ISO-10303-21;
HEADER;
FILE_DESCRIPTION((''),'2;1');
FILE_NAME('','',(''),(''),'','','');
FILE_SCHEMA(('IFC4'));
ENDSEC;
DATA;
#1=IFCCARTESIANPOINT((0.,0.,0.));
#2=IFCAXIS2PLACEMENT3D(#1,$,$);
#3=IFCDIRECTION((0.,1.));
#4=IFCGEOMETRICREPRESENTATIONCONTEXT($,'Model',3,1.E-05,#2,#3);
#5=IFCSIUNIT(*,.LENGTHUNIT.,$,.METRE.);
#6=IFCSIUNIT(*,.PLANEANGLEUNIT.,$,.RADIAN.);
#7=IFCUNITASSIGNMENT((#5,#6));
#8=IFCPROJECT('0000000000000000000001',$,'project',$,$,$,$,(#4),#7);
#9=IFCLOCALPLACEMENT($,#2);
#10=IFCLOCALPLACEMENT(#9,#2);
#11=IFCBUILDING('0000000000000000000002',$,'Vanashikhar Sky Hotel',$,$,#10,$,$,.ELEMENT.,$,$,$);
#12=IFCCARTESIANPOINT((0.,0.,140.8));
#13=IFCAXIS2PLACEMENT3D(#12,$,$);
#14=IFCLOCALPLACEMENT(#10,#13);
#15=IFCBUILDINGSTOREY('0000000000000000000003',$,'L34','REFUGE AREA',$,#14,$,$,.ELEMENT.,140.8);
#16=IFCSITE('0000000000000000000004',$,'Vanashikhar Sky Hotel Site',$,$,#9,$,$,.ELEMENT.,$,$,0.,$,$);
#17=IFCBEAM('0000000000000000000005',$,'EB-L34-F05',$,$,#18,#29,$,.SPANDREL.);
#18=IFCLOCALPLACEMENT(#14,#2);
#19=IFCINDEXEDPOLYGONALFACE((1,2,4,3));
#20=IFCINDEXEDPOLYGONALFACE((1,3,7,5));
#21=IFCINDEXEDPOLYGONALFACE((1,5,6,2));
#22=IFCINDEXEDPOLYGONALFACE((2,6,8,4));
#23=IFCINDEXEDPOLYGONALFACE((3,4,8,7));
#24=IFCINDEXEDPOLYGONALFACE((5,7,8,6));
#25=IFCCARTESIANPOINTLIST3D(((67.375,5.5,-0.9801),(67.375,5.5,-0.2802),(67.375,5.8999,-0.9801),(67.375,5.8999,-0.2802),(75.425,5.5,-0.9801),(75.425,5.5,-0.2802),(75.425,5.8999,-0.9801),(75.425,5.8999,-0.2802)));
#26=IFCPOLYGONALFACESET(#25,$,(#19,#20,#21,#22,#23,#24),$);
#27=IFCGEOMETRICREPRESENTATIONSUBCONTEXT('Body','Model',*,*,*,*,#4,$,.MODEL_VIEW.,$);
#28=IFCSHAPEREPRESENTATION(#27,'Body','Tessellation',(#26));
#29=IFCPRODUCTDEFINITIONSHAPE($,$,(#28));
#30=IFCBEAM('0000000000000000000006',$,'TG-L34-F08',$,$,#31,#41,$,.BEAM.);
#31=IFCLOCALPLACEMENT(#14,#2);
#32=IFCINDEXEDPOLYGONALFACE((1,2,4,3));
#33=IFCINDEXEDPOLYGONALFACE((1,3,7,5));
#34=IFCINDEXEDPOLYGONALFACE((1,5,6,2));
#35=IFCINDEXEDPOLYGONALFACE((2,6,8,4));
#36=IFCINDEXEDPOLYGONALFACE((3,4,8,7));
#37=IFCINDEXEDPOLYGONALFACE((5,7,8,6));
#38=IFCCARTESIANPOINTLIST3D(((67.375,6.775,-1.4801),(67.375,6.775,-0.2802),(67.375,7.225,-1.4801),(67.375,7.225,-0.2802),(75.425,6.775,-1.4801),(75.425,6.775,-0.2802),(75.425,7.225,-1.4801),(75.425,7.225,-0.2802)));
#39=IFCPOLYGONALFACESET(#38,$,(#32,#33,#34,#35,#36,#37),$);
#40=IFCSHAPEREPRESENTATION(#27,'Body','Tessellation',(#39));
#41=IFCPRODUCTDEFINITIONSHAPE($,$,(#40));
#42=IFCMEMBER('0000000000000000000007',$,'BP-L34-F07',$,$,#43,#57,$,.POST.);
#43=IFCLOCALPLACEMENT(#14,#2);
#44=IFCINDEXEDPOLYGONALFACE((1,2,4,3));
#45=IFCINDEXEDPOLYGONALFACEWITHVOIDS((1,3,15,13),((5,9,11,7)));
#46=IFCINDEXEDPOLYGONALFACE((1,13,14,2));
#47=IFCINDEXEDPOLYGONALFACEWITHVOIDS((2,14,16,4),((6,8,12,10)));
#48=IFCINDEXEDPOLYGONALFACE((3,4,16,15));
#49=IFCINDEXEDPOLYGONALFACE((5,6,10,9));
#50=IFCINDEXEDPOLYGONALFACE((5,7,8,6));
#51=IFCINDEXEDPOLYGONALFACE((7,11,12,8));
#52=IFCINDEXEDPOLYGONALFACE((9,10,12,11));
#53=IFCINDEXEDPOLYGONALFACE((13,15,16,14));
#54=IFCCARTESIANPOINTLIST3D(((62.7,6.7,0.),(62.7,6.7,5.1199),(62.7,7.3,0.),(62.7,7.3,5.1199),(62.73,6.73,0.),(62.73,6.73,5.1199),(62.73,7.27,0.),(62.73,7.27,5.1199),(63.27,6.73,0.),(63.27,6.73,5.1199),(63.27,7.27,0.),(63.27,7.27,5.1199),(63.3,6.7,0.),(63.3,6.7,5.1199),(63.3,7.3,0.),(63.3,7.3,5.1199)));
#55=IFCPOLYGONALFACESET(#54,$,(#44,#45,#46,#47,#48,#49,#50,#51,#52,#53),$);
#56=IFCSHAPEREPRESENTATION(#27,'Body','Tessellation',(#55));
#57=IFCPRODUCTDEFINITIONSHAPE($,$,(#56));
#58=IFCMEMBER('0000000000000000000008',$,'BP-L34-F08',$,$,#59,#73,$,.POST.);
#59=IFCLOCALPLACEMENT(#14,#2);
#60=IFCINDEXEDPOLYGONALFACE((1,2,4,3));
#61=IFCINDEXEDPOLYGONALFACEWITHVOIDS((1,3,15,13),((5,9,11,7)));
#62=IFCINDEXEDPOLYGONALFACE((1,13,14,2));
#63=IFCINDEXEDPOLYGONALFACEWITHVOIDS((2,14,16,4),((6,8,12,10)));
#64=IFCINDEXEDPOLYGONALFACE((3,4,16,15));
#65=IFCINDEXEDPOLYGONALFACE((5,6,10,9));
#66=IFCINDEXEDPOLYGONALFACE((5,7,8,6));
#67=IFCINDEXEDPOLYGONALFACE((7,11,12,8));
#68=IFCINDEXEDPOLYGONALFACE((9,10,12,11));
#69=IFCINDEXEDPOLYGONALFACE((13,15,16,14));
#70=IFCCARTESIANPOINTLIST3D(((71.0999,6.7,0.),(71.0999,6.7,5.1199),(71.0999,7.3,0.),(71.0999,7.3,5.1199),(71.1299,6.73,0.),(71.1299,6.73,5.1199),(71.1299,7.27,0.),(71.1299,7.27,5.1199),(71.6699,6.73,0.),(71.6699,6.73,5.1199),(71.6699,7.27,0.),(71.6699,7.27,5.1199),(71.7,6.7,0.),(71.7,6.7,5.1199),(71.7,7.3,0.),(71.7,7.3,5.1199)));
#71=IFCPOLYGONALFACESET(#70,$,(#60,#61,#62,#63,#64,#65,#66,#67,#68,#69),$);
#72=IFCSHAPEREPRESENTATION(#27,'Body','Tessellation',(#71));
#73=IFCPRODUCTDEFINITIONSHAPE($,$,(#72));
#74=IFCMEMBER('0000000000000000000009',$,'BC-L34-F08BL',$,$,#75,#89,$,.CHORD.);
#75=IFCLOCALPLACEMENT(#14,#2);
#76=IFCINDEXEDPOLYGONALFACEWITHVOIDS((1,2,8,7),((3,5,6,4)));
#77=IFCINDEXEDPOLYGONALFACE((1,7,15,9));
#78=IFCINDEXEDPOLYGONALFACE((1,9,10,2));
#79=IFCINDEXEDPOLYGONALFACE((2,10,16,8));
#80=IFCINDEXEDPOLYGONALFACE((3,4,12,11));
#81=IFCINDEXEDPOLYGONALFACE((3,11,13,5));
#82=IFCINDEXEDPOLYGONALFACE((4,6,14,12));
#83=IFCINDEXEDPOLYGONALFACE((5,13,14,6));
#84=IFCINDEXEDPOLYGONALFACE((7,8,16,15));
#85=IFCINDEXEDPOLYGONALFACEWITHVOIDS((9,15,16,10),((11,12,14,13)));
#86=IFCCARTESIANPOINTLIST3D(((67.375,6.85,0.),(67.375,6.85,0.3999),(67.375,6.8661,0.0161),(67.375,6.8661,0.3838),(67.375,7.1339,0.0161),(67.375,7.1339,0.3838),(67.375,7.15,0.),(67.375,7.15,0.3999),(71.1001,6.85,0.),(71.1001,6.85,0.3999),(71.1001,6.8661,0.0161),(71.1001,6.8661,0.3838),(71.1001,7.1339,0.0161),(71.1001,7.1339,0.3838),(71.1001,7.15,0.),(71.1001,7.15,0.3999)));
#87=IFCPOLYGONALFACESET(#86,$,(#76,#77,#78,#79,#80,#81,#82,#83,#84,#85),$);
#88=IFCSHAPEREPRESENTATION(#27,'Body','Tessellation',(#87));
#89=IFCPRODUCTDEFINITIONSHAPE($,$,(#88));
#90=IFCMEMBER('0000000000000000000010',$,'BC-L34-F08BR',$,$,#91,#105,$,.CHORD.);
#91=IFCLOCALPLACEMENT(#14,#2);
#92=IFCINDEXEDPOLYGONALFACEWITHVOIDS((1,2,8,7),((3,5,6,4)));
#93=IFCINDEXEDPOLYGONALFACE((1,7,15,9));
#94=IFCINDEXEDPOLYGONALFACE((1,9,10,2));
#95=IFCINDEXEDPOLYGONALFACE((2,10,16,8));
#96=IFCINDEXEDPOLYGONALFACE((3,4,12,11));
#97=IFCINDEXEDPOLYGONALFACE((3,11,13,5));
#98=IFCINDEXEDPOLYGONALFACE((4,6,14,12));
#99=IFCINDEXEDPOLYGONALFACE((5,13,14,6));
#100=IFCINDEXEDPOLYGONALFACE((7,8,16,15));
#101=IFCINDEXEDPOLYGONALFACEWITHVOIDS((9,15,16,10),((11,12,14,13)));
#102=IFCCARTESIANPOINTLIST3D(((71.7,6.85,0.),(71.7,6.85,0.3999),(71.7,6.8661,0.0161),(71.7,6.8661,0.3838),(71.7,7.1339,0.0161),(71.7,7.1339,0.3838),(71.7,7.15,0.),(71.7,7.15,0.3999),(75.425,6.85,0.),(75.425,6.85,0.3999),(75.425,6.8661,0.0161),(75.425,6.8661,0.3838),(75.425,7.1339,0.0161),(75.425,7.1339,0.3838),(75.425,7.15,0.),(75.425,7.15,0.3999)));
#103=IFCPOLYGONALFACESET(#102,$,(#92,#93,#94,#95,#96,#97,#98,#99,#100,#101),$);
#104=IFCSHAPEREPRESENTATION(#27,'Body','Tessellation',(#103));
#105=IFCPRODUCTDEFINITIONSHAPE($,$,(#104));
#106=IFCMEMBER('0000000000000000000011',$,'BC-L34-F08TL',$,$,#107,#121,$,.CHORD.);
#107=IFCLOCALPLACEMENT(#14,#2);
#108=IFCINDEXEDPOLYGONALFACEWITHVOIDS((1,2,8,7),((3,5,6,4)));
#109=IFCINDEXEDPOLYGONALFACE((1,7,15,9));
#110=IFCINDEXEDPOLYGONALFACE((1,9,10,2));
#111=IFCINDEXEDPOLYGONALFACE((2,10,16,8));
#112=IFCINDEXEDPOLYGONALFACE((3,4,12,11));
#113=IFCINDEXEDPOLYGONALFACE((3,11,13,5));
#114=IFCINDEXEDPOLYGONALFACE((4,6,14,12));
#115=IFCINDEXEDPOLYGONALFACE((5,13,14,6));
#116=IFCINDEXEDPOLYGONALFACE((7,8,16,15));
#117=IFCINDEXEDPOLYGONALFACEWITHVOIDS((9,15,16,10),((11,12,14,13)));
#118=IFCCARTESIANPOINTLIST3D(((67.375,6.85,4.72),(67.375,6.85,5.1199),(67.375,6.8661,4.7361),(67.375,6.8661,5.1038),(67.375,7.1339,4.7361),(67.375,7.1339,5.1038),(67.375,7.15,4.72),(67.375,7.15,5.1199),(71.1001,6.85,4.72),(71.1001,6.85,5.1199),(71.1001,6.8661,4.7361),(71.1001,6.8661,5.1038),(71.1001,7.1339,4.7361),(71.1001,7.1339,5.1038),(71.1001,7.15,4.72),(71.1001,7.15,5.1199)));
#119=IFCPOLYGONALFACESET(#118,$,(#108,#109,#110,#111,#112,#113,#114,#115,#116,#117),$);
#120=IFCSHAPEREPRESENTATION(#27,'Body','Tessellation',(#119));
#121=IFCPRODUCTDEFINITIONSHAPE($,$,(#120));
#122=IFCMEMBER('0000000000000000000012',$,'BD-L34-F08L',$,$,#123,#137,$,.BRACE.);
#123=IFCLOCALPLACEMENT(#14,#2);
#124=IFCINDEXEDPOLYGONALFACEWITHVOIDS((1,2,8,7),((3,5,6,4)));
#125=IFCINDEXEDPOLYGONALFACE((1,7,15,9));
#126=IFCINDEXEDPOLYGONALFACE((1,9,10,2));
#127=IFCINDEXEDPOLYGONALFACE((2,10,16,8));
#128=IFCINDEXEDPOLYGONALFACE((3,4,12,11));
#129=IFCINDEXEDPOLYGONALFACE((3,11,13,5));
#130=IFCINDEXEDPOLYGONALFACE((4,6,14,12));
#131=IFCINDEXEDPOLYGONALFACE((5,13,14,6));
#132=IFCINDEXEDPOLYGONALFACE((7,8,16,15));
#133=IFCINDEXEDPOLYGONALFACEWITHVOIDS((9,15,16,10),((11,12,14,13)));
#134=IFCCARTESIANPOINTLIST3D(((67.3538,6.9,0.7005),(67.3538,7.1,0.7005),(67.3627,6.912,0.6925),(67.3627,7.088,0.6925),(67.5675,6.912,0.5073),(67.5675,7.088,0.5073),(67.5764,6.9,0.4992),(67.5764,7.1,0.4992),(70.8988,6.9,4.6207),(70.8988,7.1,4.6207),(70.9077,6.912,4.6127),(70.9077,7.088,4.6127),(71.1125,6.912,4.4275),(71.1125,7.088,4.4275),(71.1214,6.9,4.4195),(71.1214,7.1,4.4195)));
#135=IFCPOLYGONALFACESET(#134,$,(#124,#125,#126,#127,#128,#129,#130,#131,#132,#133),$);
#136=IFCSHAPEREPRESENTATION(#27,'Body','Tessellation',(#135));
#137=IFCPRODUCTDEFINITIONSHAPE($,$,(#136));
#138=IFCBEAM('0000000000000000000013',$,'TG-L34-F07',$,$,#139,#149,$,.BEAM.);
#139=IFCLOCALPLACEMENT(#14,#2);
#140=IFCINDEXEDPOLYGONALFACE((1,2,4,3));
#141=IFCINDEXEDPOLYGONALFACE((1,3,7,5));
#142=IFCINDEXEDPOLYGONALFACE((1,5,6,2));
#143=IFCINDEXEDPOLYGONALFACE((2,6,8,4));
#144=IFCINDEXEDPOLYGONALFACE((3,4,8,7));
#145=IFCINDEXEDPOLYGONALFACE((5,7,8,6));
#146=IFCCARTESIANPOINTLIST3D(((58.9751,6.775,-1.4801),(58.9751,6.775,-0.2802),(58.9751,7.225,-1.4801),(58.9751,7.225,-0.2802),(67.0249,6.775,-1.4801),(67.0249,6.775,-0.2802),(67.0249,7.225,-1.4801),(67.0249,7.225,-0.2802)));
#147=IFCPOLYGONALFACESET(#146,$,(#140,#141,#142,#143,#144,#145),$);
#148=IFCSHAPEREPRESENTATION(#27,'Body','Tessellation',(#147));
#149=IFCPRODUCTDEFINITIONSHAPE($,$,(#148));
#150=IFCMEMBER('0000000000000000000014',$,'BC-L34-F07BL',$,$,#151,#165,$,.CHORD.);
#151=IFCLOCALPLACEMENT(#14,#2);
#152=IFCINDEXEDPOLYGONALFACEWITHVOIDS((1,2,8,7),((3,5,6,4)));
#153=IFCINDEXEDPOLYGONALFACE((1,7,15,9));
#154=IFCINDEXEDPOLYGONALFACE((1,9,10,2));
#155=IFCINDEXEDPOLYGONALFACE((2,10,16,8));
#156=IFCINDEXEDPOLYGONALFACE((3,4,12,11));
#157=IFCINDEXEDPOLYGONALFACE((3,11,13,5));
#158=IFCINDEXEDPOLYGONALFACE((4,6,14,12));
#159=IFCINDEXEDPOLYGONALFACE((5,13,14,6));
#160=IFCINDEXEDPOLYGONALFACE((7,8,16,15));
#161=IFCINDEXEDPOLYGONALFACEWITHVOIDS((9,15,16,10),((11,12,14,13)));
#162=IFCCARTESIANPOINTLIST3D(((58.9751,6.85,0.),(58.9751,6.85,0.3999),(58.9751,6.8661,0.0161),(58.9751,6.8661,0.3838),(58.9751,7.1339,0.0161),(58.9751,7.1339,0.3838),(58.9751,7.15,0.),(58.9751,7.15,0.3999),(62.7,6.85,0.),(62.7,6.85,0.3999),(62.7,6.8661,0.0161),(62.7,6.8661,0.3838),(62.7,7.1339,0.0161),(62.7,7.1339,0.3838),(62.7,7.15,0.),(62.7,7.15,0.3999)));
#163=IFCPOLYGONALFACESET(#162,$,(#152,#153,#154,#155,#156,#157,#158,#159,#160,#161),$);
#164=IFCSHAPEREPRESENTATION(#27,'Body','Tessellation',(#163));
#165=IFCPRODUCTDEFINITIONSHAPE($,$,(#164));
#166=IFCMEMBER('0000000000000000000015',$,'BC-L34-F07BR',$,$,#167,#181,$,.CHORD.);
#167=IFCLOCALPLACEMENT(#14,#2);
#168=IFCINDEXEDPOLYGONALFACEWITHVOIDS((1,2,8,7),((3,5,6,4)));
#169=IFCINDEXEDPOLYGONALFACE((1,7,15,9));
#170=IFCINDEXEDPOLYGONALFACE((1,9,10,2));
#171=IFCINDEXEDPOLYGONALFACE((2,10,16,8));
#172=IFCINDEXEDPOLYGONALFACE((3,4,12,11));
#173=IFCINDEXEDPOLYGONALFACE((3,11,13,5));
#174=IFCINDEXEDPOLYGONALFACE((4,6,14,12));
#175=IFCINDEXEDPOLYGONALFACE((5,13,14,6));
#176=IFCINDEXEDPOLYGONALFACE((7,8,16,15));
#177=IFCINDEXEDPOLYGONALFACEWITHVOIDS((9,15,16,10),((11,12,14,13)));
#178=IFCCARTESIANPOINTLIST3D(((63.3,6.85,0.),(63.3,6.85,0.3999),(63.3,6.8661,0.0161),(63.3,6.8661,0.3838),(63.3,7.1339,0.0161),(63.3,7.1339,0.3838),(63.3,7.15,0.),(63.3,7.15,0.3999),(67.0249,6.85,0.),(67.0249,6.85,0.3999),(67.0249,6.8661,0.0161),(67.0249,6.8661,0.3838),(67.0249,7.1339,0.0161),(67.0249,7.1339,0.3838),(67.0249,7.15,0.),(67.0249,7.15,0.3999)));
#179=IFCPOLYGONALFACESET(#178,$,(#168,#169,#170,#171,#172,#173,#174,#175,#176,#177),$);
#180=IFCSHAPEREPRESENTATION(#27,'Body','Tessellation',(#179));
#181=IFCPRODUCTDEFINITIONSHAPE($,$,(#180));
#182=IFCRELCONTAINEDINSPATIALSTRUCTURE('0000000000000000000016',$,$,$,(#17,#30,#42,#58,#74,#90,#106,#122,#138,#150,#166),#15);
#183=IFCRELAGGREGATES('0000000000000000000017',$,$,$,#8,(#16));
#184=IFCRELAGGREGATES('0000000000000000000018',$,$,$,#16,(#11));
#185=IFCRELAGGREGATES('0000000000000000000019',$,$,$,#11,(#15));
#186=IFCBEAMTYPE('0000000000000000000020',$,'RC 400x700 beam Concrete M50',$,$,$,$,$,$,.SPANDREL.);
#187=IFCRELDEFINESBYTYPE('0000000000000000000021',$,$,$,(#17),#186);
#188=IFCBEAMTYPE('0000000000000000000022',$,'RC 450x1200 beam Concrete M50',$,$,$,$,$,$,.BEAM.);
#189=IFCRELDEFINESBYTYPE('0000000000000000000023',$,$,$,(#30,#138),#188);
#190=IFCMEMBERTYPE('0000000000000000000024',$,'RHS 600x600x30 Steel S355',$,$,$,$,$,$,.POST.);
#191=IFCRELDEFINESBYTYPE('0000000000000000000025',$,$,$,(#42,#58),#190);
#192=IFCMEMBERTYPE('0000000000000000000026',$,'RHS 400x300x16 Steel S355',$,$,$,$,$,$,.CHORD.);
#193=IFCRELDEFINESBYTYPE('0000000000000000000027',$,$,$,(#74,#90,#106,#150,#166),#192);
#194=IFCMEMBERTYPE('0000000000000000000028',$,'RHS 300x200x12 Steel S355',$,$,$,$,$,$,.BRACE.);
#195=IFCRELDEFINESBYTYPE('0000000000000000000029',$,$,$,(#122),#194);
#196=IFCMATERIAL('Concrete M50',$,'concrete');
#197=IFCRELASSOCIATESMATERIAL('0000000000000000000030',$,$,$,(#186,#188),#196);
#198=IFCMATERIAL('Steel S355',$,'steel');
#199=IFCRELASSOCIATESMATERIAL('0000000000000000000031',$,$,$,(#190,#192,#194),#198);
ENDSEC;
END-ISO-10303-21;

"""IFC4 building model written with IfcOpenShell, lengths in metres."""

from ifc_helpers import new_model, si_unit, direction, frame, origin, origin_2d, place, context, subcontext, project, spatial, rectangle, hollow_rectangle, extrude, source, transform, mapped, material, material_profile, profile_set, type_object, element, save


model = new_model("IFC4")

# Units and contexts
model_context = context("Model", 3, precision=1e-05, world=origin(), true_north=direction((0.0, 1.0)))
body_context = subcontext(model_context, "Body", "Model", "MODEL_VIEW")
ifc_project = project(units=[si_unit("LENGTHUNIT", "METRE"), si_unit("PLANEANGLEUNIT", "RADIAN")], contexts=[model_context])

# Site, building, storey
site_placement = place(None, origin())
site = spatial("IfcSite", under=ifc_project, at=site_placement, Name="Vanashikhar Sky Hotel Site", CompositionType="ELEMENT", RefElevation=0.0)
building_placement = place(site_placement, origin())
building = spatial("IfcBuilding", under=site, at=building_placement, Name="Vanashikhar Sky Hotel", CompositionType="ELEMENT")
storey_placement = place(building_placement, frame((0.0, 0.0, 140.8)))
storey = spatial("IfcBuildingStorey", under=building, at=storey_placement, Name="L34", Description="REFUGE AREA", CompositionType="ELEMENT", Elevation=140.8)

# Beams
ifc_material_1 = material(Name="Concrete M50", Category="concrete")
ifc_material_profile_1 = material_profile(ifc_material_1, rectangle(XDim=0.3999, YDim=0.7, at=origin_2d()))
ifc_profile_set_1 = profile_set([ifc_material_profile_1], Name="RC 400x700 beam Concrete M50")
beam_type_1 = type_object("IfcBeamType", Name="RC 400x700 beam Concrete M50", PredefinedType="SPANDREL", material=ifc_profile_set_1)
shared_shape_1 = source(origin(), body_context, "Body", "SweptSolid", [
    extrude(rectangle(XDim=0.3999, YDim=0.7, at=origin_2d()), origin(), (0.0, 0.0, 1.0), 8.05),
])
beam_1_placement = place(storey_placement, frame((67.375, 5.7, -0.6301), z_axis=(1.0, 0.0, 0.0), x_axis=(0.0, 1.0, 0.0)))
element("IfcBeam", 1, at=beam_1_placement, inside=storey, type_object=beam_type_1, Name="EB-L34-F05", PredefinedType="SPANDREL", context=body_context, shape_type="MappedRepresentation", body=[
    mapped(shared_shape_1, transform((0.0, 0.0, 0.0), scale=1.0)),
])
ifc_material_profile_2 = material_profile(ifc_material_1, rectangle(XDim=0.45, YDim=1.2, at=origin_2d()))
ifc_profile_set_2 = profile_set([ifc_material_profile_2], Name="RC 450x1200 beam Concrete M50")
beam_type_2 = type_object("IfcBeamType", Name="RC 450x1200 beam Concrete M50", PredefinedType="BEAM", material=ifc_profile_set_2)
shared_shape_2 = source(origin(), body_context, "Body", "SweptSolid", [
    extrude(rectangle(XDim=0.45, YDim=1.2, at=origin_2d()), origin(), (0.0, 0.0, 1.0), 8.05),
])
beam_2_placement = place(storey_placement, frame((67.375, 7.0, -0.8801), z_axis=(1.0, 0.0, 0.0), x_axis=(0.0, 1.0, 0.0)))
element("IfcBeam", 2, at=beam_2_placement, inside=storey, type_object=beam_type_2, Name="TG-L34-F08", PredefinedType="BEAM", context=body_context, shape_type="MappedRepresentation", body=[
    mapped(shared_shape_2, transform((0.0, 0.0, 0.0), scale=1.0)),
])

# Members
ifc_material_2 = material(Name="Steel S355", Category="steel")
ifc_material_profile_3 = material_profile(ifc_material_2, hollow_rectangle(XDim=0.6001, YDim=0.6001, WallThickness=0.03, at=origin_2d()))
ifc_profile_set_3 = profile_set([ifc_material_profile_3], Name="RHS 600x600x30 Steel S355")
member_type_1 = type_object("IfcMemberType", Name="RHS 600x600x30 Steel S355", PredefinedType="POST", material=ifc_profile_set_3)
shared_shape_3 = source(origin(), body_context, "Body", "SweptSolid", [
    extrude(hollow_rectangle(XDim=0.6001, YDim=0.6001, WallThickness=0.03, at=origin_2d()), origin(), (0.0, 0.0, 1.0), 5.1199),
])
for number, where, z_axis, x_axis, name in (
    (3, (63.0, 7.0, 0.0), (0.0, 0.0, 1.0), (1.0, 0.0, 0.0), "BP-L34-F07"),
    (4, (71.3999, 7.0, 0.0), (0.0, 0.0, 1.0), (1.0, 0.0, 0.0), "BP-L34-F08"),
):
    element("IfcMember", number, at=place(storey_placement, frame(where, z_axis=z_axis, x_axis=x_axis)), inside=storey, type_object=member_type_1, Name=name, PredefinedType="POST", context=body_context, shape_type="MappedRepresentation", body=[
        mapped(shared_shape_3, transform((0.0, 0.0, 0.0), scale=1.0)),
    ])
ifc_material_profile_4 = material_profile(ifc_material_2, hollow_rectangle(XDim=0.3, YDim=0.3999, WallThickness=0.0161, at=origin_2d()))
ifc_profile_set_4 = profile_set([ifc_material_profile_4], Name="RHS 400x300x16 Steel S355")
member_type_2 = type_object("IfcMemberType", Name="RHS 400x300x16 Steel S355", PredefinedType="CHORD", material=ifc_profile_set_4)
shared_shape_4 = source(origin(), body_context, "Body", "SweptSolid", [
    extrude(hollow_rectangle(XDim=0.3, YDim=0.3999, WallThickness=0.0161, at=origin_2d()), origin(), (0.0, 0.0, 1.0), 3.7251),
])
for number, where, z_axis, x_axis, name in (
    (5, (67.375, 7.0, 0.2), (1.0, 0.0, 0.0), (0.0, 1.0, 0.0), "BC-L34-F08BL"),
    (6, (71.7, 7.0, 0.2), (1.0, 0.0, 0.0), (0.0, 1.0, 0.0), "BC-L34-F08BR"),
    (7, (67.375, 7.0, 4.9199), (1.0, 0.0, 0.0), (0.0, 1.0, 0.0), "BC-L34-F08TL"),
):
    element("IfcMember", number, at=place(storey_placement, frame(where, z_axis=z_axis, x_axis=x_axis)), inside=storey, type_object=member_type_2, Name=name, PredefinedType="CHORD", context=body_context, shape_type="MappedRepresentation", body=[
        mapped(shared_shape_4, transform((0.0, 0.0, 0.0), scale=1.0)),
    ])
ifc_material_profile_5 = material_profile(ifc_material_2, hollow_rectangle(XDim=0.2, YDim=0.3, WallThickness=0.012, at=origin_2d()))
ifc_profile_set_5 = profile_set([ifc_material_profile_5], Name="RHS 300x200x12 Steel S355")
member_type_3 = type_object("IfcMemberType", Name="RHS 300x200x12 Steel S355", PredefinedType="BRACE", material=ifc_profile_set_5)
shared_shape_5 = source(origin(), body_context, "Body", "SweptSolid", [
    extrude(hollow_rectangle(XDim=0.2, YDim=0.3, WallThickness=0.012, at=origin_2d()), origin(), (0.0, 0.0, 1.0), 5.2854),
])
member_placement = place(storey_placement, frame((67.4651, 7.0, 0.5999), z_axis=(0.670716, 0.0, 0.741714), x_axis=(0.0, 1.0, 0.0)))
element("IfcMember", 8, at=member_placement, inside=storey, type_object=member_type_3, Name="BD-L34-F08L", PredefinedType="BRACE", context=body_context, shape_type="MappedRepresentation", body=[
    mapped(shared_shape_5, transform((0.0, 0.0, 0.0), scale=1.0)),
])

# Beam
shared_shape_6 = source(origin(), body_context, "Body", "SweptSolid", [
    extrude(rectangle(XDim=0.45, YDim=1.2, at=origin_2d()), origin(), (0.0, 0.0, 1.0), 8.0498),
])
beam_3_placement = place(storey_placement, frame((58.9751, 7.0, -0.8801), z_axis=(1.0, 0.0, 0.0), x_axis=(0.0, 1.0, 0.0)))
element("IfcBeam", 9, at=beam_3_placement, inside=storey, type_object=beam_type_2, Name="TG-L34-F07", PredefinedType="BEAM", context=body_context, shape_type="MappedRepresentation", body=[
    mapped(shared_shape_6, transform((0.0, 0.0, 0.0), scale=1.0)),
])

# Members
shared_shape_7 = source(origin(), body_context, "Body", "SweptSolid", [
    extrude(hollow_rectangle(XDim=0.3, YDim=0.3999, WallThickness=0.0161, at=origin_2d()), origin(), (0.0, 0.0, 1.0), 3.7249),
])
for number, where, z_axis, x_axis, name in (
    (10, (58.9751, 7.0, 0.2), (1.0, 0.0, 0.0), (0.0, 1.0, 0.0), "BC-L34-F07BL"),
    (11, (63.3, 7.0, 0.2), (1.0, 0.0, 0.0), (0.0, 1.0, 0.0), "BC-L34-F07BR"),
):
    element("IfcMember", number, at=place(storey_placement, frame(where, z_axis=z_axis, x_axis=x_axis)), inside=storey, type_object=member_type_2, Name=name, PredefinedType="CHORD", context=body_context, shape_type="MappedRepresentation", body=[
        mapped(shared_shape_7, transform((0.0, 0.0, 0.0), scale=1.0)),
    ])

save(model, "model.ifc")
